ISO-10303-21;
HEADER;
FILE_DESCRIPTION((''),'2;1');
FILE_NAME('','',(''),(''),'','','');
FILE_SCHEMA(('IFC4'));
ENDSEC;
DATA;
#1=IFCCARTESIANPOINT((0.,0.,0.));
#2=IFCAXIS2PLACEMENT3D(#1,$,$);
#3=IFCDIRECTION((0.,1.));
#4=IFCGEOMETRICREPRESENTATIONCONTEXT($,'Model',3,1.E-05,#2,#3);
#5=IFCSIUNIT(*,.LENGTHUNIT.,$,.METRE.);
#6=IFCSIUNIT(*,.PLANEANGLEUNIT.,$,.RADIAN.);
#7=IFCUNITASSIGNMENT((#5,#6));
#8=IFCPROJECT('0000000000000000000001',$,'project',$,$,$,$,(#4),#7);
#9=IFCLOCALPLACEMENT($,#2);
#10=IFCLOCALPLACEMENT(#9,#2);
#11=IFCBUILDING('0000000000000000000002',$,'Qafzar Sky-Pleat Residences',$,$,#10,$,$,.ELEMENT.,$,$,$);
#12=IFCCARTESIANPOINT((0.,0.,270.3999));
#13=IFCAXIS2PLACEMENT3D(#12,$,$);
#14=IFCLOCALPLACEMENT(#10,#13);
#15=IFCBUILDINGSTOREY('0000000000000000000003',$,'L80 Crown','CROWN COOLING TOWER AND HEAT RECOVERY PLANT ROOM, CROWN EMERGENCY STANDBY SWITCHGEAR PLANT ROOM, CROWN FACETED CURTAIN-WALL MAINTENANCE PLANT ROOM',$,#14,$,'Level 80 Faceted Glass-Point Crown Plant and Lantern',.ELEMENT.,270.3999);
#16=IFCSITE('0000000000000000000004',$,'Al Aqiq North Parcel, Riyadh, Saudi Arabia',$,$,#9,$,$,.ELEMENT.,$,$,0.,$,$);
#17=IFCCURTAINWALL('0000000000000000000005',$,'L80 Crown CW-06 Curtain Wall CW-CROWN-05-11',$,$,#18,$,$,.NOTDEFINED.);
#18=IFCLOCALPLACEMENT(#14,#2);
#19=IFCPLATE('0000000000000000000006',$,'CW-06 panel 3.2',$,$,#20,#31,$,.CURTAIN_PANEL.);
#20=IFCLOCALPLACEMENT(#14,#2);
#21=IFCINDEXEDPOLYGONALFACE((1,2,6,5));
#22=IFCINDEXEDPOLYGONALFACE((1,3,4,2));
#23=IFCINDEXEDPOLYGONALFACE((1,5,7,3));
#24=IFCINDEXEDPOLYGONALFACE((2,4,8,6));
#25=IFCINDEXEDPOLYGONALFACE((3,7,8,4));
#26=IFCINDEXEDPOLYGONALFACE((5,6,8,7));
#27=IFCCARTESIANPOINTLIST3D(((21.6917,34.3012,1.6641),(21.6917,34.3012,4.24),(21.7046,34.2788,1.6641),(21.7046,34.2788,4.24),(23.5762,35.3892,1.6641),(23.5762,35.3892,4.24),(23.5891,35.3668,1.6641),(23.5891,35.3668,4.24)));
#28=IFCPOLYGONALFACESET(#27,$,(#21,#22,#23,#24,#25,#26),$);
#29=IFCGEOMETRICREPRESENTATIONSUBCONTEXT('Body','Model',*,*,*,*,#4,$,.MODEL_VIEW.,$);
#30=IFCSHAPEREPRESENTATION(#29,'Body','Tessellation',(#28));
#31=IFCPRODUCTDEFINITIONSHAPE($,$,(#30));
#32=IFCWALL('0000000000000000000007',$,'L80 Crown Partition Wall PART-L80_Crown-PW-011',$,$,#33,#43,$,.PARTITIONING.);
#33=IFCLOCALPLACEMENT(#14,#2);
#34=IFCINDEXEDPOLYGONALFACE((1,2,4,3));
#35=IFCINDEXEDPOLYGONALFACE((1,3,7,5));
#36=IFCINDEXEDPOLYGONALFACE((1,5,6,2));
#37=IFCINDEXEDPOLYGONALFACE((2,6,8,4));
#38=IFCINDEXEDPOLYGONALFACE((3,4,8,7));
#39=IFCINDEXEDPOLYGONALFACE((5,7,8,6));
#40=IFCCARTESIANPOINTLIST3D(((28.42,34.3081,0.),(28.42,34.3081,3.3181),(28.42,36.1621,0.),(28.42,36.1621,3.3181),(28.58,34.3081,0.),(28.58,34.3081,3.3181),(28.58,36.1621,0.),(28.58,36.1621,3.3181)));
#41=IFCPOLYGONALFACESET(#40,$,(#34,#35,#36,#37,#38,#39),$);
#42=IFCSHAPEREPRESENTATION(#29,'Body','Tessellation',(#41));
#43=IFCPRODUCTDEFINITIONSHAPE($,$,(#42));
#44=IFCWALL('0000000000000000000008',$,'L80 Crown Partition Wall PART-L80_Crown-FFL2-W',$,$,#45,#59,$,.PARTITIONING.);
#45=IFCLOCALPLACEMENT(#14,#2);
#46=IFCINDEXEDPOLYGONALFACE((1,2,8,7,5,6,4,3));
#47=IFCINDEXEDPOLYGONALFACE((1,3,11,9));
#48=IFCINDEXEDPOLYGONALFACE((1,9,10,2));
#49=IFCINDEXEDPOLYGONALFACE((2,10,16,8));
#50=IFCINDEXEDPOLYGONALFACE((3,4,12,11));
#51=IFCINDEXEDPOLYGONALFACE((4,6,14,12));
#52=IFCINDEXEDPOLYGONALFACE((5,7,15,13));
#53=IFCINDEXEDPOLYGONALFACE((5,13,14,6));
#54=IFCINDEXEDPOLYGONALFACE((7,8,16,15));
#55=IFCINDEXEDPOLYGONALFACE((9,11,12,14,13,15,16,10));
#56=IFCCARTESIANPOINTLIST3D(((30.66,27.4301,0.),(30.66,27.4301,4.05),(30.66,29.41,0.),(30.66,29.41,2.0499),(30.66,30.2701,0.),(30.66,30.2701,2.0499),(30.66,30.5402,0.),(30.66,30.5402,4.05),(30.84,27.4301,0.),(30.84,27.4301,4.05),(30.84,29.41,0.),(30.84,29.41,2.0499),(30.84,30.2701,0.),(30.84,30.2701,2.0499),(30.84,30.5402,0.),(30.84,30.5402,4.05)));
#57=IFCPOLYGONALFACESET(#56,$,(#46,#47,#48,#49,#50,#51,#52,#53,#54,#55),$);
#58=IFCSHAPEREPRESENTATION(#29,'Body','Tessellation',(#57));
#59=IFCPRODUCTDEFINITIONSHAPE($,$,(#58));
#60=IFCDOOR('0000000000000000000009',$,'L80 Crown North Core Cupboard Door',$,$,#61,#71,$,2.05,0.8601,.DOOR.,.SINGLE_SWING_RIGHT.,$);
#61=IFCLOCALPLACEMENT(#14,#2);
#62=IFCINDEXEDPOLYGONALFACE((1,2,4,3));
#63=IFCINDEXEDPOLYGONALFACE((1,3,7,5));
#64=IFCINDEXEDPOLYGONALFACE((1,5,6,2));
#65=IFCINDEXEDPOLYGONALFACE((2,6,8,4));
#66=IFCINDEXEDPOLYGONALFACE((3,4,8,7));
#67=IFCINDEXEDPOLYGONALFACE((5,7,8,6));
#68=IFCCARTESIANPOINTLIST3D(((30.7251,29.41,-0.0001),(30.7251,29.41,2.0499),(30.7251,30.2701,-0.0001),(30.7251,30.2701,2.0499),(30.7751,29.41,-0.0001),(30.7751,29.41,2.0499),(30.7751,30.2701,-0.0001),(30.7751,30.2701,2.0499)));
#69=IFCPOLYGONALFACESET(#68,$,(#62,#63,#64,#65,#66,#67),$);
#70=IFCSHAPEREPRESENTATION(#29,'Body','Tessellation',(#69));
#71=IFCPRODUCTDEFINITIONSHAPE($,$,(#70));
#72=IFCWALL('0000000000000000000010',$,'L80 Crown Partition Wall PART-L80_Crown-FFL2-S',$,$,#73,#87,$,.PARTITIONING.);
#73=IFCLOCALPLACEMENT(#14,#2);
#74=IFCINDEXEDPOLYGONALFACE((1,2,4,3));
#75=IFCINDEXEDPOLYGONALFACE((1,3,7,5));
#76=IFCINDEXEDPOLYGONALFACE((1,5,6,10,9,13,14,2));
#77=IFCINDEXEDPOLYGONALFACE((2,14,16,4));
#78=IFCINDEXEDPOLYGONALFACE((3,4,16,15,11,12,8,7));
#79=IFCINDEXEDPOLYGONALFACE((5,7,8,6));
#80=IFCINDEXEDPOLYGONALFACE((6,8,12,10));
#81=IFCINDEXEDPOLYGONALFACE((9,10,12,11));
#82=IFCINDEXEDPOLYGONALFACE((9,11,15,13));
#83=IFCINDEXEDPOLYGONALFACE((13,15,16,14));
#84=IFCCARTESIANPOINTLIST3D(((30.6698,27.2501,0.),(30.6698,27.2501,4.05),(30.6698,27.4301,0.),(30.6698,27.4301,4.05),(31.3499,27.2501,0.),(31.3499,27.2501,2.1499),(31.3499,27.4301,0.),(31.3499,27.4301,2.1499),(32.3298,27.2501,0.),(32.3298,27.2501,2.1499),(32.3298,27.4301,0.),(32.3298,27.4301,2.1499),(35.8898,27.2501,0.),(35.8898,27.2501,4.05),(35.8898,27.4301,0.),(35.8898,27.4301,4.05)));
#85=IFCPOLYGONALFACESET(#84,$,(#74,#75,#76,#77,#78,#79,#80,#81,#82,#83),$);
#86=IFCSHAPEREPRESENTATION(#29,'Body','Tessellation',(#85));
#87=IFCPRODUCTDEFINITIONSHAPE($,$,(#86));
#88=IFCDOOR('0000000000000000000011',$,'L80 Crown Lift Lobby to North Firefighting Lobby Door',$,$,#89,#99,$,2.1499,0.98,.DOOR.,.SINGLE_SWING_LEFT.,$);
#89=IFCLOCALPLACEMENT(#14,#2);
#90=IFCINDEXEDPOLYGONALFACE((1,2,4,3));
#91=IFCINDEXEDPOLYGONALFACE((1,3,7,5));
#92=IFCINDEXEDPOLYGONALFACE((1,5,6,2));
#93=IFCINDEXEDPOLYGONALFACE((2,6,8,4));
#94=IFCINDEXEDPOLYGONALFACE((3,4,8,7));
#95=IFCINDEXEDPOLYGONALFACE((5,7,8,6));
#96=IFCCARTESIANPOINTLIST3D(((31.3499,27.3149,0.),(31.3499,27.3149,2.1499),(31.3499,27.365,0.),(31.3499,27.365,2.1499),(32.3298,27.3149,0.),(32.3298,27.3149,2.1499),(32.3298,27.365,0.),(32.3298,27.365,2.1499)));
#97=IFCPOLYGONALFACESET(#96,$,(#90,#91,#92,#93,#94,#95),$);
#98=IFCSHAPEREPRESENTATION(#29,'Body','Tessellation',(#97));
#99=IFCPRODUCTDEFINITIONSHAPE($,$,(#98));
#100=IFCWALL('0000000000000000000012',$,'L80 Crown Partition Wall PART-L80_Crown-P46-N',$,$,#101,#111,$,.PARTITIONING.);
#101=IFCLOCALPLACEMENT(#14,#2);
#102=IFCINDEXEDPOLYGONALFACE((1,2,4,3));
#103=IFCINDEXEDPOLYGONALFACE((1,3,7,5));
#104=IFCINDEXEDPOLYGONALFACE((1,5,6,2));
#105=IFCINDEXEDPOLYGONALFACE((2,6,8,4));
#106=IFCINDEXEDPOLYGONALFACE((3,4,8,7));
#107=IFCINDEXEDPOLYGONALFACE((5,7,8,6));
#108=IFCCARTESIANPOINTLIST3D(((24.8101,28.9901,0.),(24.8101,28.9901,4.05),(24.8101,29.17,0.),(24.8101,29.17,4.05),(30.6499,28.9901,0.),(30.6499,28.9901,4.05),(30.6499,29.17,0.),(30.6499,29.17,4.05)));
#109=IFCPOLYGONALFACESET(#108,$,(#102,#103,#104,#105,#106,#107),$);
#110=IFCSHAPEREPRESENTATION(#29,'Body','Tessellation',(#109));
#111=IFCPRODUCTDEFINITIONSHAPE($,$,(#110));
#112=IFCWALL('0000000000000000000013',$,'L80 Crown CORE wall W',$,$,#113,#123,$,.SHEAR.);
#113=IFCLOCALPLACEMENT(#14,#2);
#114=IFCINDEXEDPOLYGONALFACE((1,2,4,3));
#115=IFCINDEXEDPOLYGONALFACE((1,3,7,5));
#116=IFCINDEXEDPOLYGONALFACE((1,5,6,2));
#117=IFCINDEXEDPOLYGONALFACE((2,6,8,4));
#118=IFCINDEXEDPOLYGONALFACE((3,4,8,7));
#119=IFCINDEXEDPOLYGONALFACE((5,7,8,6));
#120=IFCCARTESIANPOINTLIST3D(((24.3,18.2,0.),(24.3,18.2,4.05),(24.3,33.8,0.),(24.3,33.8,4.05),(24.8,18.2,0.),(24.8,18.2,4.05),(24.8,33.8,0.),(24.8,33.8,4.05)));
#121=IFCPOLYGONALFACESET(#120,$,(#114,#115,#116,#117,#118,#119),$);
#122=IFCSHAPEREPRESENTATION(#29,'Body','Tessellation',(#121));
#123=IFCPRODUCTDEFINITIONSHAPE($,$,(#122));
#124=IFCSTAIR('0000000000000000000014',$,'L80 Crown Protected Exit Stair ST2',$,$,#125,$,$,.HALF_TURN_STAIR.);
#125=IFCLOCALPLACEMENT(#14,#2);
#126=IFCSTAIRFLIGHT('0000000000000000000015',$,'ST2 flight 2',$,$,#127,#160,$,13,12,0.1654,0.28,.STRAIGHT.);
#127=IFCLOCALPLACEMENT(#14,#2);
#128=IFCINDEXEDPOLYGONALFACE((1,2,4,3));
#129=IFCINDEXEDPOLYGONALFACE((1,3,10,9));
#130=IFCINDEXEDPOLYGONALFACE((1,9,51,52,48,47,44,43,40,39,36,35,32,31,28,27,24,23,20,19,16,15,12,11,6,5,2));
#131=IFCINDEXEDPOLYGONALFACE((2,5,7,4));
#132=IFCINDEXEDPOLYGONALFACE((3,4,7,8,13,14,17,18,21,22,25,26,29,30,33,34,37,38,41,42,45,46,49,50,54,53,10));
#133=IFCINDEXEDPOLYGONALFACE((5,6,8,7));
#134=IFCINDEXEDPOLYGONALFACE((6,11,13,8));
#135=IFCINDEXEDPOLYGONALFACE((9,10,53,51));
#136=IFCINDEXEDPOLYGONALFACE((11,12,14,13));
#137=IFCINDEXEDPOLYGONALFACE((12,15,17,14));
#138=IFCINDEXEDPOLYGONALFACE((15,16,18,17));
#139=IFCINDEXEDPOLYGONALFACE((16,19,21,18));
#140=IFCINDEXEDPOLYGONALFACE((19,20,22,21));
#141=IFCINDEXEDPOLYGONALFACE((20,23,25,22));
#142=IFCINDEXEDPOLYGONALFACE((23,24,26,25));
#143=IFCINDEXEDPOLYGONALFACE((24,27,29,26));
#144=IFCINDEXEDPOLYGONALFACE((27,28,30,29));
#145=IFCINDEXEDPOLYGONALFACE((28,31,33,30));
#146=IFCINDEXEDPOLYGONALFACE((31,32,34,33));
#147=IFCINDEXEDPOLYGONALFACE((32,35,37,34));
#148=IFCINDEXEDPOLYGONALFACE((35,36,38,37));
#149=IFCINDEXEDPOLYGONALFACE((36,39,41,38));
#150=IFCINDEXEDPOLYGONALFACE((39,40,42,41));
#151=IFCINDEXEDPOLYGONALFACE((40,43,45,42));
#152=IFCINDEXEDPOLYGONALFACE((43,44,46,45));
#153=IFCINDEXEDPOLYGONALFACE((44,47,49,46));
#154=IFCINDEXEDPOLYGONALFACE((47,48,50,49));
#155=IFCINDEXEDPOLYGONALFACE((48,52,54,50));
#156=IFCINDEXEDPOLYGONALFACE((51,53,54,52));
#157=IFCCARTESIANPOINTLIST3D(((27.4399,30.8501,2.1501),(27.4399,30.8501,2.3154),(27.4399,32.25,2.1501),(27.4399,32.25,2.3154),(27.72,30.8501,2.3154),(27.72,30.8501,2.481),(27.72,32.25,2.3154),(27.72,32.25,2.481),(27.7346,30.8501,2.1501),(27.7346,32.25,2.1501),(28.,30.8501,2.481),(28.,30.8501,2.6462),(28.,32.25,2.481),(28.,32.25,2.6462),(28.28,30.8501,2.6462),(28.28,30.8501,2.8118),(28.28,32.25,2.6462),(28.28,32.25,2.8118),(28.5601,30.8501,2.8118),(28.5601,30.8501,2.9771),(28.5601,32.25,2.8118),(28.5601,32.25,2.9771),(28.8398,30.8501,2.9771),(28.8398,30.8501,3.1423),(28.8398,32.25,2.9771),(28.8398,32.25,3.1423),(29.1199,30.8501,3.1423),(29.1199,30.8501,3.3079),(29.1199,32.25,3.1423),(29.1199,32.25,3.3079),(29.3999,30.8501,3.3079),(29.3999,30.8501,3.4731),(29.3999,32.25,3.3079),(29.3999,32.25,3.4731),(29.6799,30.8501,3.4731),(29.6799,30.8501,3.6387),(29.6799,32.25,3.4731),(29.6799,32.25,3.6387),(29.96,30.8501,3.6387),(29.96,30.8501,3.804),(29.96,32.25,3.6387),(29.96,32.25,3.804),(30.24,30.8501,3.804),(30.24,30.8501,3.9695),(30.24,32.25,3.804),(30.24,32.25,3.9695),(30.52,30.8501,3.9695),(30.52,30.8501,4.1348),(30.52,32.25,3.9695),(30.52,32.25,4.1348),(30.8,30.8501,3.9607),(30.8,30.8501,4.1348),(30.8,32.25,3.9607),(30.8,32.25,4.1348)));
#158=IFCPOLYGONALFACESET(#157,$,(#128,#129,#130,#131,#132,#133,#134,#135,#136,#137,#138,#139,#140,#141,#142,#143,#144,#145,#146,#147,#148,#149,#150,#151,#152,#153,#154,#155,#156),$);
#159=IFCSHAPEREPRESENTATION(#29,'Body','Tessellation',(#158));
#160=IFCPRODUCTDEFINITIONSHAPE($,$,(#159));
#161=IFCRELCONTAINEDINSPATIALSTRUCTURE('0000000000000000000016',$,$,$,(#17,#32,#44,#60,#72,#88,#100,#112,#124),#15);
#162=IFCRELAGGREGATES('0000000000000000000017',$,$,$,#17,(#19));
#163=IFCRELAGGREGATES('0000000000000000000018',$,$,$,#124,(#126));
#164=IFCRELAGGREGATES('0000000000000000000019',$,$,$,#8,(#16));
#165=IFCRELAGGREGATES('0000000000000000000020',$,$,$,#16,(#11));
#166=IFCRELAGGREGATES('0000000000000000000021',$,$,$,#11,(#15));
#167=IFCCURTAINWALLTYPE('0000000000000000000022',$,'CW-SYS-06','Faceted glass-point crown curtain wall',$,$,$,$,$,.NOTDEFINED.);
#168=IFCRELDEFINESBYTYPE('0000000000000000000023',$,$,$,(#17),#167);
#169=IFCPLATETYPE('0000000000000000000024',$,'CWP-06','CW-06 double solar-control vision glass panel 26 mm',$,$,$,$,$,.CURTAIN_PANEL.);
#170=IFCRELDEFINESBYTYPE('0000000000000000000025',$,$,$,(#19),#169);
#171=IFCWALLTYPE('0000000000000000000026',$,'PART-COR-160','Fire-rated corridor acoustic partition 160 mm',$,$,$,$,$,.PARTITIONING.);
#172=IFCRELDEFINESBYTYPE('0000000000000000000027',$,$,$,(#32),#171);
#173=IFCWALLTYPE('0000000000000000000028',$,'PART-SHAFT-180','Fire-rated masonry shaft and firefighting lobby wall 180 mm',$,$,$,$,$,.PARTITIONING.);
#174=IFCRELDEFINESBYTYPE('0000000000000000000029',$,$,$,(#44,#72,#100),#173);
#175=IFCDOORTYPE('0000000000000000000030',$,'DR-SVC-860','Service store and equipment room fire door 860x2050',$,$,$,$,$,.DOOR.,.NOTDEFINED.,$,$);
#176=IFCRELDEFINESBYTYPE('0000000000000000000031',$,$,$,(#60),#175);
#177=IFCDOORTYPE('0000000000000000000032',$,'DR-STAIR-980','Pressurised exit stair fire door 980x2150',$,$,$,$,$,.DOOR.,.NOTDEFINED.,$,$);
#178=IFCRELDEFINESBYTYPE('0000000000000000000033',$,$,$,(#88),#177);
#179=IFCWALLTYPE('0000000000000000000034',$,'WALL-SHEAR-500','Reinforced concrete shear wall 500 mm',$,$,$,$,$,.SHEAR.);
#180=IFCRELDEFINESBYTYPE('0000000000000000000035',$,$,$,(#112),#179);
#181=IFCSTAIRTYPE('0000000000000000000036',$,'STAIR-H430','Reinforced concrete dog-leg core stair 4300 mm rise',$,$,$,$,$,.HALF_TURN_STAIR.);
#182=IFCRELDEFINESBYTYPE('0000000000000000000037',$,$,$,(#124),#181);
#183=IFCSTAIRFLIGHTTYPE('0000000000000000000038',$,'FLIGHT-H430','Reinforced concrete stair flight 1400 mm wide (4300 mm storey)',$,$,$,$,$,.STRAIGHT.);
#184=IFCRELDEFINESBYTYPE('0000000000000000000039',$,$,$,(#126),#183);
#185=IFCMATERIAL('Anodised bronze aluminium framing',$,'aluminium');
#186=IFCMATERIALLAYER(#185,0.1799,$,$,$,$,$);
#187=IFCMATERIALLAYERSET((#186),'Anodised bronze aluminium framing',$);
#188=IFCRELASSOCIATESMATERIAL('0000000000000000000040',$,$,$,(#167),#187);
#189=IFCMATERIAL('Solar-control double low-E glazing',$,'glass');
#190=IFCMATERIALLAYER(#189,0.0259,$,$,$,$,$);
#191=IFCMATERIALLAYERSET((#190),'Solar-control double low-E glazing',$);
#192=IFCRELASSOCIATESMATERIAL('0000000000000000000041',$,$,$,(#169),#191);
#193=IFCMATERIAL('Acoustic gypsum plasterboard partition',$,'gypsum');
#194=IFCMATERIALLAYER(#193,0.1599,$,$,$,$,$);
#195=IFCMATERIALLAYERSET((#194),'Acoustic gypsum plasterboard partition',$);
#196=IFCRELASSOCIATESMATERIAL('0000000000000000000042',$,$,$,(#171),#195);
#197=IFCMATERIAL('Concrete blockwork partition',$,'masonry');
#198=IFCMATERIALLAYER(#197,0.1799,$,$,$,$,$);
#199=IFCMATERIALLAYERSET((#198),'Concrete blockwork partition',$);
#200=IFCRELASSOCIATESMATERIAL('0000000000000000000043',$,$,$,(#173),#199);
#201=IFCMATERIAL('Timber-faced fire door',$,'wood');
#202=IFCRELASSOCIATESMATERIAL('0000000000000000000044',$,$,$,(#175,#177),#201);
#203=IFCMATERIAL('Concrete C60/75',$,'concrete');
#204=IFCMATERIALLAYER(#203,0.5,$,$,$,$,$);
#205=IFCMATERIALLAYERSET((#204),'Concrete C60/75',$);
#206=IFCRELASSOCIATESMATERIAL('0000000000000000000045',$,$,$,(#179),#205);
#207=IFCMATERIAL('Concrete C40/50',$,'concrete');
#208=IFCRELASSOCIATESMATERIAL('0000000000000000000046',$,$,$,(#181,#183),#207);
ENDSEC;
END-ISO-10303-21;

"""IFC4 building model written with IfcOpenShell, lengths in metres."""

from ifc_helpers import new_model, si_unit, direction, frame, frame_2d, origin, origin_2d, place, context, subcontext, project, spatial, polyline, rectangle, outline, extrude, source, transform, mapped, material, layer, layer_set, type_object, element, fill, aggregate, save


model = new_model("IFC4")

# Units and contexts
model_context = context("Model", 3, precision=1e-05, world=origin(), true_north=direction((0.0, 1.0)))
body_context = subcontext(model_context, "Body", "Model", "MODEL_VIEW")
ifc_project = project(units=[si_unit("LENGTHUNIT", "METRE"), si_unit("PLANEANGLEUNIT", "RADIAN")], contexts=[model_context])

# Site, building, storey
site_placement = place(None, origin())
site = spatial("IfcSite", under=ifc_project, at=site_placement, Name="Al Aqiq North Parcel, Riyadh, Saudi Arabia", CompositionType="ELEMENT", RefElevation=0.0)
building_placement = place(site_placement, origin())
building = spatial("IfcBuilding", under=site, at=building_placement, Name="Qafzar Sky-Pleat Residences", CompositionType="ELEMENT")
storey_placement = place(building_placement, frame((0.0, 0.0, 270.3999)))
storey = spatial("IfcBuildingStorey", under=building, at=storey_placement, Name="L80 Crown", Description="CROWN COOLING TOWER AND HEAT RECOVERY PLANT ROOM, CROWN EMERGENCY STANDBY SWITCHGEAR PLANT ROOM, CROWN FACETED CURTAIN-WALL MAINTENANCE PLANT ROOM", LongName="Level 80 Faceted Glass-Point Crown Plant and Lantern", CompositionType="ELEMENT", Elevation=270.3999)

# Curtain wall, plate
ifc_material_1 = material(Name="Anodised bronze aluminium framing", Category="aluminium")
ifc_layer_1 = layer(ifc_material_1, 0.1799)
ifc_layer_set_1 = layer_set([ifc_layer_1], Name="Anodised bronze aluminium framing")
curtain_wall_type = type_object("IfcCurtainWallType", Name="CW-SYS-06", Description="Faceted glass-point crown curtain wall", PredefinedType="NOTDEFINED", material=ifc_layer_set_1)
curtain_wall_placement = place(storey_placement, origin())
curtain_wall = element("IfcCurtainWall", 1, at=curtain_wall_placement, inside=storey, type_object=curtain_wall_type, Name="L80 Crown CW-06 Curtain Wall CW-CROWN-05-11", PredefinedType="NOTDEFINED")
ifc_material_2 = material(Name="Solar-control double low-E glazing", Category="glass")
ifc_layer_2 = layer(ifc_material_2, 0.0259)
ifc_layer_set_2 = layer_set([ifc_layer_2], Name="Solar-control double low-E glazing")
plate_type = type_object("IfcPlateType", Name="CWP-06", Description="CW-06 double solar-control vision glass panel 26 mm", PredefinedType="CURTAIN_PANEL", material=ifc_layer_set_2)
shared_shape_1 = source(origin(), body_context, "Body", "SweptSolid", [
    extrude(rectangle(XDim=2.176, YDim=0.0259, at=origin_2d()), origin(), (0.0, 0.0, 1.0), 2.5759),
])
plate_1_placement = place(storey_placement, frame((22.6404, 34.834, 1.6641), z_axis=(0.0, 0.0, 1.0), x_axis=(-0.866024, -0.500003, 0.0)))
plate_1 = element("IfcPlate", 2, at=plate_1_placement, type_object=plate_type, Name="CW-06 panel 3.2", PredefinedType="CURTAIN_PANEL", context=body_context, shape_type="MappedRepresentation", body=[
    mapped(shared_shape_1, transform((0.0, 0.0, 0.0), x_axis=(1.0, 0.0, 0.0), y_axis=(0.0, 1.0, 0.0), z_axis=(0.0, 0.0, 1.0), scale=1.0)),
])
aggregate(curtain_wall, [plate_1])

# Wall
ifc_material_3 = material(Name="Acoustic gypsum plasterboard partition", Category="gypsum")
ifc_layer_3 = layer(ifc_material_3, 0.1599)
ifc_layer_set_3 = layer_set([ifc_layer_3], Name="Acoustic gypsum plasterboard partition")
wall_type_1 = type_object("IfcWallType", Name="PART-COR-160", Description="Fire-rated corridor acoustic partition 160 mm", PredefinedType="PARTITIONING", material=ifc_layer_set_3)
wall_1_placement = place(storey_placement, frame((28.5, 34.3081, 0.0), z_axis=(0.0, 0.0, 1.0), x_axis=(0.0, 1.0, 0.0)))
element("IfcWall", 3, at=wall_1_placement, inside=storey, type_object=wall_type_1, Name="L80 Crown Partition Wall PART-L80_Crown-PW-011", PredefinedType="PARTITIONING", context=body_context, shape_type="SweptSolid", body=[
    extrude(rectangle(XDim=1.854, YDim=0.1599, at=frame_2d((0.927, 0.0))), origin(), (0.0, 0.0, 1.0), 3.3181),
])

# Walls, openings, doors
ifc_material_4 = material(Name="Concrete blockwork partition", Category="masonry")
ifc_layer_4 = layer(ifc_material_4, 0.1799)
ifc_layer_set_4 = layer_set([ifc_layer_4], Name="Concrete blockwork partition")
wall_type_2 = type_object("IfcWallType", Name="PART-SHAFT-180", Description="Fire-rated masonry shaft and firefighting lobby wall 180 mm", PredefinedType="PARTITIONING", material=ifc_layer_set_4)
wall_2_placement = place(storey_placement, frame((30.75, 27.4299, 0.0), z_axis=(0.0, 0.0, 1.0), x_axis=(0.0, 1.0, 0.0)))
wall_2 = element("IfcWall", 4, at=wall_2_placement, inside=storey, type_object=wall_type_2, Name="L80 Crown Partition Wall PART-L80_Crown-FFL2-W", PredefinedType="PARTITIONING", context=body_context, shape_type="SweptSolid", body=[
    extrude(rectangle(XDim=3.1101, YDim=0.1799, at=frame_2d((1.5552, 0.0))), origin(), (0.0, 0.0, 1.0), 4.05),
])
opening_1_placement = place(wall_2_placement, frame((1.98, 0.0, 0.0)))
opening_1 = element("IfcOpeningElement", 5, at=opening_1_placement, cuts=wall_2, PredefinedType="OPENING", context=body_context, shape_type="SweptSolid", body=[
    extrude(rectangle(XDim=0.8601, YDim=2.05, at=frame_2d((0.4302, 1.0249))), frame((0.0, 0.1001, 0.0), z_axis=(0.0, -1.0, 0.0), x_axis=(1.0, 0.0, 0.0)), (0.0, 0.0, 1.0), 0.2),
])
ifc_material_5 = material(Name="Timber-faced fire door", Category="wood")
door_type_1 = type_object("IfcDoorType", Name="DR-SVC-860", Description="Service store and equipment room fire door 860x2050", OperationType="NOTDEFINED", PredefinedType="DOOR", material=ifc_material_5)
shared_shape_2 = source(origin(), body_context, "Body", "SweptSolid", [
    extrude(rectangle(XDim=0.8601, YDim=2.05, at=frame_2d((0.4302, 1.0249))), frame((0.0, 0.0249, 0.0), z_axis=(0.0, -1.0, 0.0), x_axis=(1.0, 0.0, 0.0)), (0.0, 0.0, 1.0), 0.05),
])
door_1_placement = place(opening_1_placement, origin())
door_1 = element("IfcDoor", 6, at=door_1_placement, inside=storey, type_object=door_type_1, Name="L80 Crown North Core Cupboard Door", OperationType="SINGLE_SWING_RIGHT", OverallHeight=2.05, OverallWidth=0.8601, PredefinedType="DOOR", context=body_context, shape_type="MappedRepresentation", body=[
    mapped(shared_shape_2, transform((0.0, 0.0, 0.0), x_axis=(1.0, 0.0, 0.0), y_axis=(0.0, 1.0, 0.0), z_axis=(0.0, 0.0, 1.0), scale=1.0)),
])
fill(opening_1, door_1)
wall_3_placement = place(storey_placement, frame((30.6699, 27.3401, 0.0), z_axis=(0.0, 0.0, 1.0), x_axis=(1.0, 0.0, 0.0)))
wall_3 = element("IfcWall", 7, at=wall_3_placement, inside=storey, type_object=wall_type_2, Name="L80 Crown Partition Wall PART-L80_Crown-FFL2-S", PredefinedType="PARTITIONING", context=body_context, shape_type="SweptSolid", body=[
    extrude(rectangle(XDim=5.22, YDim=0.1799, at=frame_2d((2.6099, 0.0))), origin(), (0.0, 0.0, 1.0), 4.05),
])
opening_2_placement = place(wall_3_placement, frame((0.6799, 0.0, 0.0)))
opening_2 = element("IfcOpeningElement", 8, at=opening_2_placement, cuts=wall_3, PredefinedType="OPENING", context=body_context, shape_type="SweptSolid", body=[
    extrude(rectangle(XDim=0.98, YDim=2.1499, at=frame_2d((0.49, 1.075))), frame((0.0, 0.1001, 0.0), z_axis=(0.0, -1.0, 0.0), x_axis=(1.0, 0.0, 0.0)), (0.0, 0.0, 1.0), 0.2),
])
door_type_2 = type_object("IfcDoorType", Name="DR-STAIR-980", Description="Pressurised exit stair fire door 980x2150", OperationType="NOTDEFINED", PredefinedType="DOOR", material=ifc_material_5)
shared_shape_3 = source(origin(), body_context, "Body", "SweptSolid", [
    extrude(rectangle(XDim=0.98, YDim=2.1499, at=frame_2d((0.49, 1.075))), frame((0.0, 0.0249, 0.0), z_axis=(0.0, -1.0, 0.0), x_axis=(1.0, 0.0, 0.0)), (0.0, 0.0, 1.0), 0.05),
])
door_2_placement = place(opening_2_placement, origin())
door_2 = element("IfcDoor", 9, at=door_2_placement, inside=storey, type_object=door_type_2, Name="L80 Crown Lift Lobby to North Firefighting Lobby Door", OperationType="SINGLE_SWING_LEFT", OverallHeight=2.1499, OverallWidth=0.98, PredefinedType="DOOR", context=body_context, shape_type="MappedRepresentation", body=[
    mapped(shared_shape_3, transform((0.0, 0.0, 0.0), x_axis=(1.0, 0.0, 0.0), y_axis=(0.0, 1.0, 0.0), z_axis=(0.0, 0.0, 1.0), scale=1.0)),
])
fill(opening_2, door_2)

# Wall
wall_4_placement = place(storey_placement, frame((24.8101, 29.0801, 0.0), z_axis=(0.0, 0.0, 1.0), x_axis=(1.0, 0.0, 0.0)))
element("IfcWall", 10, at=wall_4_placement, inside=storey, type_object=wall_type_2, Name="L80 Crown Partition Wall PART-L80_Crown-P46-N", PredefinedType="PARTITIONING", context=body_context, shape_type="SweptSolid", body=[
    extrude(rectangle(XDim=5.8398, YDim=0.1799, at=frame_2d((2.9199, 0.0))), origin(), (0.0, 0.0, 1.0), 4.05),
])

# Shared definitions
ifc_material_6 = material(Name="Concrete C60/75", Category="concrete")

# Wall
ifc_layer_5 = layer(ifc_material_6, 0.5)
ifc_layer_set_5 = layer_set([ifc_layer_5], Name="Concrete C60/75")
wall_type_3 = type_object("IfcWallType", Name="WALL-SHEAR-500", Description="Reinforced concrete shear wall 500 mm", PredefinedType="SHEAR", material=ifc_layer_set_5)
wall_5_placement = place(storey_placement, frame((24.55, 33.8, 0.0), z_axis=(0.0, 0.0, 1.0), x_axis=(0.0, -1.0, 0.0)))
element("IfcWall", 11, at=wall_5_placement, inside=storey, type_object=wall_type_3, Name="L80 Crown CORE wall W", PredefinedType="SHEAR", context=body_context, shape_type="SweptSolid", body=[
    extrude(rectangle(XDim=15.6001, YDim=0.5, at=frame_2d((7.8, 0.0))), origin(), (0.0, 0.0, 1.0), 4.05),
])

# Stair, stair flight
ifc_material_7 = material(Name="Concrete C40/50", Category="concrete")
stair_type = type_object("IfcStairType", Name="STAIR-H430", Description="Reinforced concrete dog-leg core stair 4300 mm rise", PredefinedType="HALF_TURN_STAIR", material=ifc_material_7)
stair_placement = place(storey_placement, origin())
stair = element("IfcStair", 12, at=stair_placement, inside=storey, type_object=stair_type, Name="L80 Crown Protected Exit Stair ST2", PredefinedType="HALF_TURN_STAIR")
stair_flight_type = type_object("IfcStairFlightType", Name="FLIGHT-H430", Description="Reinforced concrete stair flight 1400 mm wide (4300 mm storey)", PredefinedType="STRAIGHT", material=ifc_material_7)
shared_shape_4 = source(origin(), body_context, "Body", "SweptSolid", [
    extrude(outline(polyline([(0.0, 0.0), (0.0, 0.1653), (0.28, 0.1653), (0.28, 0.3308), (0.5601, 0.3308), (0.5601, 0.4961), (0.8401, 0.4961), (0.8401, 0.6616), (1.1201, 0.6616), (1.1201, 0.8269), (1.3999, 0.8269), (1.3999, 0.9922), (1.6799, 0.9922), (1.6799, 1.1577), (1.96, 1.1577), (1.96, 1.323), (2.24, 1.323), (2.24, 1.4885), (2.52, 1.4885), (2.52, 1.6538), (2.8, 1.6538), (2.8, 1.8193), (3.0801, 1.8193), (3.0801, 1.9846), (3.3601, 1.9846), (3.3601, 2.1499), (3.3601, 1.8105), (0.2947, 0.0), (0.0, 0.0)])), frame((0.0, 0.7, 0.0), z_axis=(0.0, -1.0, 0.0), x_axis=(1.0, 0.0, 0.0)), (0.0, 0.0, 1.0), 1.3999),
])
stair_flight_placement = place(storey_placement, frame((27.4399, 31.55, 2.1501), z_axis=(0.0, 0.0, 1.0), x_axis=(1.0, 0.0, 0.0)))
stair_flight = element("IfcStairFlight", 13, at=stair_flight_placement, type_object=stair_flight_type, Name="ST2 flight 2", NumberOfRisers=13, NumberOfTreads=12, PredefinedType="STRAIGHT", RiserHeight=0.1654, TreadLength=0.28, context=body_context, shape_type="MappedRepresentation", body=[
    mapped(shared_shape_4, transform((0.0, 0.0, 0.0), x_axis=(1.0, 0.0, 0.0), y_axis=(0.0, 1.0, 0.0), z_axis=(0.0, 0.0, 1.0), scale=1.0)),
])
aggregate(stair, [stair_flight])

save(model, "model.ifc")
